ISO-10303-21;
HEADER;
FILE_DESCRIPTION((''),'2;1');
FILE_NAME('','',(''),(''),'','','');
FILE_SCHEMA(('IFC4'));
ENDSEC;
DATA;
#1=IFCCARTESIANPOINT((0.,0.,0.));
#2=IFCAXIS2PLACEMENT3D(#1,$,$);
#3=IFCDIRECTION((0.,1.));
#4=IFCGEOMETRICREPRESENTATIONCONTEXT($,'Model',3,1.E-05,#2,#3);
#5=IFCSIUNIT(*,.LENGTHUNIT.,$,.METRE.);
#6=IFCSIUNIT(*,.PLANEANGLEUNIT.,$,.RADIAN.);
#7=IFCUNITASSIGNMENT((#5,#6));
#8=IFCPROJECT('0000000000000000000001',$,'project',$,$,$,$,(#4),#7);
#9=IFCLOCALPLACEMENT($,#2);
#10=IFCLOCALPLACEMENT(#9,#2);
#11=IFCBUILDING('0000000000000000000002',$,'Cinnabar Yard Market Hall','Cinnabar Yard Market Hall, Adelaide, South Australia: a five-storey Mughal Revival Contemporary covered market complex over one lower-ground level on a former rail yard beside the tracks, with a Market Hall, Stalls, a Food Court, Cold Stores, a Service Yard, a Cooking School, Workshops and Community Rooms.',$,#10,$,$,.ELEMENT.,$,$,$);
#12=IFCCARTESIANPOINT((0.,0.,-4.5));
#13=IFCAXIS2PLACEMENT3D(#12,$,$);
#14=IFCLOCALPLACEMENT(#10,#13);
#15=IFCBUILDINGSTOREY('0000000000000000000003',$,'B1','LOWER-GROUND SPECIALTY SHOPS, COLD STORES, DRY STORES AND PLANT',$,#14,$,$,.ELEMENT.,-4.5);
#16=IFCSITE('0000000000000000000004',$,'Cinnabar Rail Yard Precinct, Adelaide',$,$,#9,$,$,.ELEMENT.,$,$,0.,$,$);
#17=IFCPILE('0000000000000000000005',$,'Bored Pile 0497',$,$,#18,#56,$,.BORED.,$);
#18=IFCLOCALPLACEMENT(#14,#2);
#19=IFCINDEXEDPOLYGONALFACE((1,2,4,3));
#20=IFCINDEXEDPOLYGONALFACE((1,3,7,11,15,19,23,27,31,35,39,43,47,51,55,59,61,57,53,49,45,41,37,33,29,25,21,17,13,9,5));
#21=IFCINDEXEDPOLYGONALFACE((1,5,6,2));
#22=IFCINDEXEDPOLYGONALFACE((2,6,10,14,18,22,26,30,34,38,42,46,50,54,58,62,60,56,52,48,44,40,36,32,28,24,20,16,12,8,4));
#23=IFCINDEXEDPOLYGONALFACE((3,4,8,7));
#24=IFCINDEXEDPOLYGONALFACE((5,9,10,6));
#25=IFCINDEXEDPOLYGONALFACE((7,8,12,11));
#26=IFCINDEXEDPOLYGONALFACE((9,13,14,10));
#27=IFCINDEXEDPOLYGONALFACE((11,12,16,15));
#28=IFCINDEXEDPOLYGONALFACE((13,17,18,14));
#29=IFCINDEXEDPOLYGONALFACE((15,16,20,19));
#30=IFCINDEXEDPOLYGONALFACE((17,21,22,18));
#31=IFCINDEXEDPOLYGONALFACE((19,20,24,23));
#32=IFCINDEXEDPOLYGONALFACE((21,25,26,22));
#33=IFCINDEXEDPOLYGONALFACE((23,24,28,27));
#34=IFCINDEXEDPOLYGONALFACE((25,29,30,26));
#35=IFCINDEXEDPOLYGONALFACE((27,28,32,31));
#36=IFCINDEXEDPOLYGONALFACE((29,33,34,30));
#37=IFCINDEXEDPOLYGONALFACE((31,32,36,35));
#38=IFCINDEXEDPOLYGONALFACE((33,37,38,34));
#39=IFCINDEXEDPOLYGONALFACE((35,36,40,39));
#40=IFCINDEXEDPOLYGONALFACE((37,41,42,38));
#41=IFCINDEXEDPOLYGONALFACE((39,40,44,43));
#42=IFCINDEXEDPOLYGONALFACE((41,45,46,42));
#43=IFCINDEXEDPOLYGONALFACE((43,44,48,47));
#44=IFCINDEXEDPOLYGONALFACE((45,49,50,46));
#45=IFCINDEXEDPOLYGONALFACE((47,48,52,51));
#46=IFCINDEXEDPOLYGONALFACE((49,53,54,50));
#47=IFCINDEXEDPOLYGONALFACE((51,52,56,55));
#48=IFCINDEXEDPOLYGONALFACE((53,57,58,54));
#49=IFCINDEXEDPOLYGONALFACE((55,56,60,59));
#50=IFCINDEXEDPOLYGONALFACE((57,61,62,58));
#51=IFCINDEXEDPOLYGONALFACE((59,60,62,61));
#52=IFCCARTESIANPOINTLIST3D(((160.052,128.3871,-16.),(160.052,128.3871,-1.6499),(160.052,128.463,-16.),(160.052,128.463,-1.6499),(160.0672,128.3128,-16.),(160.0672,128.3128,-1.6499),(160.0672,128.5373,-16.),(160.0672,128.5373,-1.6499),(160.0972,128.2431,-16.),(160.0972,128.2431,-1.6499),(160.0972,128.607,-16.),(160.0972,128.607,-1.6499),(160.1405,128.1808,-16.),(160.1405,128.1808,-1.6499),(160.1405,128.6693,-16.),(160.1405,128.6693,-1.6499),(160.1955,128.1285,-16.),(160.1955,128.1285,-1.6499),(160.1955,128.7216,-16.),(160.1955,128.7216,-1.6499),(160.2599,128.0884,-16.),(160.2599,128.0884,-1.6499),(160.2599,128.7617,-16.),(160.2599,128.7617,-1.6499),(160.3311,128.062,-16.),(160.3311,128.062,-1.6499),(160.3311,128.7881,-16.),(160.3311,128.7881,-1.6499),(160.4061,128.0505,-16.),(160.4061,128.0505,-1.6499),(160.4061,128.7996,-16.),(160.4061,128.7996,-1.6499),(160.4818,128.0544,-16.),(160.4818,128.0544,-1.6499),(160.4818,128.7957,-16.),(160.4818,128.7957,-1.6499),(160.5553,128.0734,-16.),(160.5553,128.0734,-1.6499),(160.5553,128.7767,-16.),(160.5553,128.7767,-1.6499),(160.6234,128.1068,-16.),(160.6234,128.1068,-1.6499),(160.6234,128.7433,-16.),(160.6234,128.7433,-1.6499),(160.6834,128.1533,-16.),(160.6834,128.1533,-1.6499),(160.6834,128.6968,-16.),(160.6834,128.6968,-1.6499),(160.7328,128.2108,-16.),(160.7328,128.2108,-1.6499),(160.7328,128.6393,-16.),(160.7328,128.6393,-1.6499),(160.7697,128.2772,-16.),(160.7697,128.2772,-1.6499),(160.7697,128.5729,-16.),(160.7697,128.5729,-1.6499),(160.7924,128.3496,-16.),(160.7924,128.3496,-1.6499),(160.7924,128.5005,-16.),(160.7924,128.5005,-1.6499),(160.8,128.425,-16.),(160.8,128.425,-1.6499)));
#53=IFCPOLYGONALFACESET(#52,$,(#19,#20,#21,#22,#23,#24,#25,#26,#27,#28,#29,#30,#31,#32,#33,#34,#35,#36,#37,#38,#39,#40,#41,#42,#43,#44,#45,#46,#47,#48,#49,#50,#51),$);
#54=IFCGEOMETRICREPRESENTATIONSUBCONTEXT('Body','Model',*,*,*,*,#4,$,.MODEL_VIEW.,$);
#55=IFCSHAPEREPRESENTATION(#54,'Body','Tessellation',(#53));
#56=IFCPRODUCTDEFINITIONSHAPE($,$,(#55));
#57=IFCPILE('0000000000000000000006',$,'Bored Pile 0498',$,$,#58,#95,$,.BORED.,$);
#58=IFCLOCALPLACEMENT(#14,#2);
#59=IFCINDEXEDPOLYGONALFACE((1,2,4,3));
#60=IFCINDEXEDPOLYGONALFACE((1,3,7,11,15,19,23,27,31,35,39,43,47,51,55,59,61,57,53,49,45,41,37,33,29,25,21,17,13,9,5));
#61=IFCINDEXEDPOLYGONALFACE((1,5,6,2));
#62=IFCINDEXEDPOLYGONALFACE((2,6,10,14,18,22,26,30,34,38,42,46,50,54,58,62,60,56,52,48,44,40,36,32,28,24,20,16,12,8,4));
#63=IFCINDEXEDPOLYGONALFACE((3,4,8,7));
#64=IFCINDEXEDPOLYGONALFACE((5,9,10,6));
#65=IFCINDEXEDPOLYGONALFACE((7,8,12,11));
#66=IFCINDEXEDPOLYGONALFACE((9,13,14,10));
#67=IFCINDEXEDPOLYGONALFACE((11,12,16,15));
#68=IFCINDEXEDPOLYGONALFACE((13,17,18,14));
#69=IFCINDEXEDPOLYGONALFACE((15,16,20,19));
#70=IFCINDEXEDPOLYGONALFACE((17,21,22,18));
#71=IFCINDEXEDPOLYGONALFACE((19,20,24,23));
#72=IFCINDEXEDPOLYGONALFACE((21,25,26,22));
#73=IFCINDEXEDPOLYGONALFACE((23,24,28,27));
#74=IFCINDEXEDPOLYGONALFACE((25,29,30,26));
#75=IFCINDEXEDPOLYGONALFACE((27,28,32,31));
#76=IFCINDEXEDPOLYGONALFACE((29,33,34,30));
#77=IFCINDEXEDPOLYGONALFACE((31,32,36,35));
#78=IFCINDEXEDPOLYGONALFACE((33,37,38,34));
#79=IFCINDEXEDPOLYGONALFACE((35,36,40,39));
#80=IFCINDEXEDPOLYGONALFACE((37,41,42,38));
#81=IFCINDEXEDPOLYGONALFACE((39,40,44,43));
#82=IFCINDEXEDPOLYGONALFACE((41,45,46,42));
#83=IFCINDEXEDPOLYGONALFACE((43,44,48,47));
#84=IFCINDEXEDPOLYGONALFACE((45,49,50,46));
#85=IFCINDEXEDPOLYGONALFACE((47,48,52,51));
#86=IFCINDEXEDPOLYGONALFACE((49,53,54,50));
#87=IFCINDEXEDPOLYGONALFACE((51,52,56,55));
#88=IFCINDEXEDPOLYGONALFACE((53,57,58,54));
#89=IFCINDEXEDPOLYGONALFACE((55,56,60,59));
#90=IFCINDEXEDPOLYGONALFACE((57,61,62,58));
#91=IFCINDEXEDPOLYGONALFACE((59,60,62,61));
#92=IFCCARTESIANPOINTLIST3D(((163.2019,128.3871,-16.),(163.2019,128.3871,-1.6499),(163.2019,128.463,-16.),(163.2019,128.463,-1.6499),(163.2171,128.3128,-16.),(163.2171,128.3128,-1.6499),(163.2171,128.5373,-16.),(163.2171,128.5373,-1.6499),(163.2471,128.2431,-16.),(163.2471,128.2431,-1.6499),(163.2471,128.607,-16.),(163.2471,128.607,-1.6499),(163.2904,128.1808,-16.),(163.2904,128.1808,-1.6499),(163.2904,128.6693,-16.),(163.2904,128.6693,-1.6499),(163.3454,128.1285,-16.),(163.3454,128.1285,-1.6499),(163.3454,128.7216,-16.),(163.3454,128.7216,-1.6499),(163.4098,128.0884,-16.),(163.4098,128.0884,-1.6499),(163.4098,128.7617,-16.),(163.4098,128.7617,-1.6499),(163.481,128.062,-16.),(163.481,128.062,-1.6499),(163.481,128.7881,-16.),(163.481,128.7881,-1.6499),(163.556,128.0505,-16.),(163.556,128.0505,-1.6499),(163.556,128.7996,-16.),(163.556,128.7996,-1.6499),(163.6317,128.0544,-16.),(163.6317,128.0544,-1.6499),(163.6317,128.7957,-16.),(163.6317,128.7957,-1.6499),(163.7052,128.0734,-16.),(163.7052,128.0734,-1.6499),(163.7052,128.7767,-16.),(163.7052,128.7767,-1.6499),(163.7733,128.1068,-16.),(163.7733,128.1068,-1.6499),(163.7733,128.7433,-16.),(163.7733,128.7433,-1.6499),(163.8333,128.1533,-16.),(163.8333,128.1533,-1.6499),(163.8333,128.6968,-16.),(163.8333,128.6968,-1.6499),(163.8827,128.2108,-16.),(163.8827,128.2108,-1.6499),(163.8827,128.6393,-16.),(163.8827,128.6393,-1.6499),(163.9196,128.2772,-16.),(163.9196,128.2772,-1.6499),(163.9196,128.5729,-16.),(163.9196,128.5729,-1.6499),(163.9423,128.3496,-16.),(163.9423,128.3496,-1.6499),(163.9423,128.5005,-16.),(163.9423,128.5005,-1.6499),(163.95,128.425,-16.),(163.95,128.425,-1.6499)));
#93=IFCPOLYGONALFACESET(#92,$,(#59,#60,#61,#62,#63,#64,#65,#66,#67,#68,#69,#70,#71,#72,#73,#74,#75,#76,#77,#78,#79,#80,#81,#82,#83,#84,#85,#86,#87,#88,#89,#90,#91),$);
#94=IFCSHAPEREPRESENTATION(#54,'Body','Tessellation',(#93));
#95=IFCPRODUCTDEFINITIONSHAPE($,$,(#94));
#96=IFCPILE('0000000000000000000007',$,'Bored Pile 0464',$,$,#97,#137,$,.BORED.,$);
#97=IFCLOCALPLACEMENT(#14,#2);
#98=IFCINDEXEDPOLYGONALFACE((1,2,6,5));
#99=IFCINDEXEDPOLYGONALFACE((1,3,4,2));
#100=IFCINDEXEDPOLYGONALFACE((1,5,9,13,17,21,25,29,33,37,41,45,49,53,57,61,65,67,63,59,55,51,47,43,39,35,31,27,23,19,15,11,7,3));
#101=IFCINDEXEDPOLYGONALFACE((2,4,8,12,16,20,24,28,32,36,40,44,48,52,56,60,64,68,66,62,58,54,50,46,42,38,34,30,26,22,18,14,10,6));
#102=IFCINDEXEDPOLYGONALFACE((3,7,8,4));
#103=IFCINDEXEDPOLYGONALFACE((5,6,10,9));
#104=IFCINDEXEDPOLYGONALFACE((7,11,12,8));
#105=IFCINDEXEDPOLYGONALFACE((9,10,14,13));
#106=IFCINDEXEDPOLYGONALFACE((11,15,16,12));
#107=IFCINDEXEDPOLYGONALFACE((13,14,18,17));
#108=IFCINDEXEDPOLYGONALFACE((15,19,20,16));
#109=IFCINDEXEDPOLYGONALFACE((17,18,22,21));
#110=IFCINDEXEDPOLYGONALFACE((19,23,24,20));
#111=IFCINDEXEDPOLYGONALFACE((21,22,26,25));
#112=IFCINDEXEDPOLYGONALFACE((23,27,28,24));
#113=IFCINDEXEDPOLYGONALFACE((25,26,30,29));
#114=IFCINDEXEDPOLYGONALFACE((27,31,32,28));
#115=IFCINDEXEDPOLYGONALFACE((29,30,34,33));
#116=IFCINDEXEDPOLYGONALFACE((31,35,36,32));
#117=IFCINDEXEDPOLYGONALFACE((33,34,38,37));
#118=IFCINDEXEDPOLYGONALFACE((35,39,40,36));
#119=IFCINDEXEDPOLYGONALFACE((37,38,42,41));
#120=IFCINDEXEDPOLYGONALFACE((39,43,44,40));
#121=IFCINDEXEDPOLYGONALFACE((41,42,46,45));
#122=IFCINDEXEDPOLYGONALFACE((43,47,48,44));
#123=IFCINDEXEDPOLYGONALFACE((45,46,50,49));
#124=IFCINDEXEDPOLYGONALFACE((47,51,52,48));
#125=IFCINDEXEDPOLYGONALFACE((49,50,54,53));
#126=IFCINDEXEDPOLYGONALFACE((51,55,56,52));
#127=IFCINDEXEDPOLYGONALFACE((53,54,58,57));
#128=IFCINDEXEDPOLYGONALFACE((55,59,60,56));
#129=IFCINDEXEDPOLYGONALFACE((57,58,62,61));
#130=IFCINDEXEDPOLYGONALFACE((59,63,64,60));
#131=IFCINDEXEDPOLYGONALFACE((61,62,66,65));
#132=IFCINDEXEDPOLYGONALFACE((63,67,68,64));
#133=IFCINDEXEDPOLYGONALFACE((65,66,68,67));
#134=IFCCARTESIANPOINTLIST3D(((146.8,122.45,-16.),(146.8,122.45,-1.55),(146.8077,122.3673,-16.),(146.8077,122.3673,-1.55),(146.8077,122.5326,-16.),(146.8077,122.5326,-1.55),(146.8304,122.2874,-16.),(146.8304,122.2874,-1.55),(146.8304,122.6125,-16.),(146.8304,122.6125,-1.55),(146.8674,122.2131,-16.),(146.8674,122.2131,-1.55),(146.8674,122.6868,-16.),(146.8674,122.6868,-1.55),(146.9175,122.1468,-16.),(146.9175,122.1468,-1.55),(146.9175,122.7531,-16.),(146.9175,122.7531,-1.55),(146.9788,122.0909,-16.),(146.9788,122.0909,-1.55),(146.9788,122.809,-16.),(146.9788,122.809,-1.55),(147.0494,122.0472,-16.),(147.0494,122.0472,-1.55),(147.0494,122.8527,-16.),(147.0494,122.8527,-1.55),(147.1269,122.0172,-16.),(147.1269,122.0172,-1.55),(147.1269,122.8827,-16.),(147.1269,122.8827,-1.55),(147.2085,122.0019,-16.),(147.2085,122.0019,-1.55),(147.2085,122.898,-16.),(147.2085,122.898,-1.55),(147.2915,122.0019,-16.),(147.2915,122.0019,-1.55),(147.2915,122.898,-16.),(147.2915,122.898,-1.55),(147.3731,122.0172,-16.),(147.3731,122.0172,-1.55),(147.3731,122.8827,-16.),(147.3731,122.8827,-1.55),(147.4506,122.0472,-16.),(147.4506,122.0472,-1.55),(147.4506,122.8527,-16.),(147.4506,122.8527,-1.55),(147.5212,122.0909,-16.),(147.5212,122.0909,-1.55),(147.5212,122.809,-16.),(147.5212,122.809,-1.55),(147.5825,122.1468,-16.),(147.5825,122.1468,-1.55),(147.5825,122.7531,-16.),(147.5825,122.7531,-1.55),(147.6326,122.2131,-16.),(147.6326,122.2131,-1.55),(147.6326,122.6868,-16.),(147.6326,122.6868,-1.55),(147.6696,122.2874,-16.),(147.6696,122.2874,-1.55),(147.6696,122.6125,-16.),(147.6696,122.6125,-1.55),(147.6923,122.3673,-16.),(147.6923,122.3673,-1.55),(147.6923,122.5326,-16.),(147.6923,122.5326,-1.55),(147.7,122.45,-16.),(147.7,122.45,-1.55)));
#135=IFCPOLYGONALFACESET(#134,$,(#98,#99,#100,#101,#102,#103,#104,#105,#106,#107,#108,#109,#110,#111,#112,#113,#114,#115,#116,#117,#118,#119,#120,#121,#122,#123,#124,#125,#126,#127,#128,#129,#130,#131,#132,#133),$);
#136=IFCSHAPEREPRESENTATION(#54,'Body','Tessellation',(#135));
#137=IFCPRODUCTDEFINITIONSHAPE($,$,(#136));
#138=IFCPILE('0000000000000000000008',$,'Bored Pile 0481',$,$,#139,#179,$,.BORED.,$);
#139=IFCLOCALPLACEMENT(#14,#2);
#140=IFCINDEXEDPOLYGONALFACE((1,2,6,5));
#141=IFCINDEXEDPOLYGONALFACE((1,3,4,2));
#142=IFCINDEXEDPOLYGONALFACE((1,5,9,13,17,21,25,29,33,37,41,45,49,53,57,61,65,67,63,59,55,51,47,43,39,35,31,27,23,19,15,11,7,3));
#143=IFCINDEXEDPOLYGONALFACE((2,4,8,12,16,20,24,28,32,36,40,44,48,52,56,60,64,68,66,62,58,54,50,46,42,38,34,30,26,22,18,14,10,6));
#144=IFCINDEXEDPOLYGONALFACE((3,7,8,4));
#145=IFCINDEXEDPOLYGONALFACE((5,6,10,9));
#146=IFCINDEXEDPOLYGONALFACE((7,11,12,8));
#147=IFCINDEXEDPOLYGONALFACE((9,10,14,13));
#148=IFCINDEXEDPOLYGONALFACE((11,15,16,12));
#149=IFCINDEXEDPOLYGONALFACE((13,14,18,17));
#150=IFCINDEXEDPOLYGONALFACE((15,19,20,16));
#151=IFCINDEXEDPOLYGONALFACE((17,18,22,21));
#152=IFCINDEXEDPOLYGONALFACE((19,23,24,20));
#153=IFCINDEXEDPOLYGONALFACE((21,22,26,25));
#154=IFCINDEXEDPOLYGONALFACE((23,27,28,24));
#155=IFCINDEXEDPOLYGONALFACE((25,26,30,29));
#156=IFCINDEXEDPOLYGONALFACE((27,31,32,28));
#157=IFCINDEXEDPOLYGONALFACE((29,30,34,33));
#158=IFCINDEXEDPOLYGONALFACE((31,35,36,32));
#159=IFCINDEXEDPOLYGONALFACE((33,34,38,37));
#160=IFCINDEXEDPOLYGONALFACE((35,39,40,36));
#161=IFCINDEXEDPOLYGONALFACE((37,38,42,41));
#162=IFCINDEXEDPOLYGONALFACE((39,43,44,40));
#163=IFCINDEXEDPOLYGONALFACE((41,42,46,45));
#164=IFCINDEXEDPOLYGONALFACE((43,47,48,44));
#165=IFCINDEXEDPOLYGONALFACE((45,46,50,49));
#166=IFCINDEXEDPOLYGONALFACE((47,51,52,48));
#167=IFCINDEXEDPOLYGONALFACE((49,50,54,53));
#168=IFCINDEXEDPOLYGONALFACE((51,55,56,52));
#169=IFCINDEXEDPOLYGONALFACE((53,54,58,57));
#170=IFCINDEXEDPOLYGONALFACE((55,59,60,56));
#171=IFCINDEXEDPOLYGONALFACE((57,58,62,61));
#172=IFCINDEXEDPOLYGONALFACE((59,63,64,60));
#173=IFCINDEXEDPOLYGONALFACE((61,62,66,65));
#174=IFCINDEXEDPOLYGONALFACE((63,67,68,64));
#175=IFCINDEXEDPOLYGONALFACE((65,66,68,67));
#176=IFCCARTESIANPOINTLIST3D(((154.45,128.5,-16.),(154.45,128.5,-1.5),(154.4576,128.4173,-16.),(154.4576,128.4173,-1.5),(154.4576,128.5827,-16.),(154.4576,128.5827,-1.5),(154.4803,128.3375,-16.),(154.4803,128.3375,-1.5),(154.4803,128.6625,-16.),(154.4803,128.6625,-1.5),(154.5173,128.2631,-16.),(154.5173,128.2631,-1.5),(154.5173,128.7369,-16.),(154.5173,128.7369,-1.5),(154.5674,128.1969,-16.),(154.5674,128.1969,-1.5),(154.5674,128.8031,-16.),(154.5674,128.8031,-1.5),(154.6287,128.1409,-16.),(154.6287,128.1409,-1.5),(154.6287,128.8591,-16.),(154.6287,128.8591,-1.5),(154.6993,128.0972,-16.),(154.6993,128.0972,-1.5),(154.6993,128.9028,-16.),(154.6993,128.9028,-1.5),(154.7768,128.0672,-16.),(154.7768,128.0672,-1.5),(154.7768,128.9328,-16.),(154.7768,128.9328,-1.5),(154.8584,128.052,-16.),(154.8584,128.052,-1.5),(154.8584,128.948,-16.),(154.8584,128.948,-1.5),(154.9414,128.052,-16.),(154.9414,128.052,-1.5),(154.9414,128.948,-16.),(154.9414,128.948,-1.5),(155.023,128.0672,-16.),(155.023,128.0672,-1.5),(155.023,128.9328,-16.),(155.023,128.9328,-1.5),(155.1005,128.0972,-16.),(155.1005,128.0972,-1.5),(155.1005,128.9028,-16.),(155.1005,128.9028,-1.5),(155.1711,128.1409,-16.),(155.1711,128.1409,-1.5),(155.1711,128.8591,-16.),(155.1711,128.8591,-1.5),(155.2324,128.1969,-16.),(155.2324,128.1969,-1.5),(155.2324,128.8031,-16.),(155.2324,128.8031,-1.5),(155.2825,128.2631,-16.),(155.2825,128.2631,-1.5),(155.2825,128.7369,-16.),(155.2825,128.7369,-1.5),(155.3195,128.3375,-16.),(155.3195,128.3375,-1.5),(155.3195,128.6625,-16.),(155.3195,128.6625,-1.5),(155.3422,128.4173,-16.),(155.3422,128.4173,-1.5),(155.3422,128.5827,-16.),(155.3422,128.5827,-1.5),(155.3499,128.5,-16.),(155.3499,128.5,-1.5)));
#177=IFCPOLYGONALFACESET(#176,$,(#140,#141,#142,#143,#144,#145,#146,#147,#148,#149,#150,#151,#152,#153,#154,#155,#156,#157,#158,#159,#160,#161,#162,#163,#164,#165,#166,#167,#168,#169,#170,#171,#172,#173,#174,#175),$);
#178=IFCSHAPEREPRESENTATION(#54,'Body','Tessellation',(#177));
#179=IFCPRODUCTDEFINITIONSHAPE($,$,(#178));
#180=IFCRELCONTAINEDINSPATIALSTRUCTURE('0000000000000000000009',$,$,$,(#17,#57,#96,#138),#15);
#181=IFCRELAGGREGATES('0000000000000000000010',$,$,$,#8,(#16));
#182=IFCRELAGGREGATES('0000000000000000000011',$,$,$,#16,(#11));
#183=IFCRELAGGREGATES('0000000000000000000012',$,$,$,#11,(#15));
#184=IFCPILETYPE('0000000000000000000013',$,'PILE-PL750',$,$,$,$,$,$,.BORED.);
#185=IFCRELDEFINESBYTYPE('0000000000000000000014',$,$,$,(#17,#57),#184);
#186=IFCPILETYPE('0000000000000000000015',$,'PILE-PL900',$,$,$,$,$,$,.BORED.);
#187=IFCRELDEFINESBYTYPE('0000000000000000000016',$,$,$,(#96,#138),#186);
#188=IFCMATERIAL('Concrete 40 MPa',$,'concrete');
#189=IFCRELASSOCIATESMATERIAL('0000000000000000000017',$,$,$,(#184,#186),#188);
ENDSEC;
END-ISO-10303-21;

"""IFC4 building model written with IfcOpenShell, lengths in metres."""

from ifc_helpers import new_model, si_unit, direction, frame, origin, origin_2d_with_axis, place, context, subcontext, project, spatial, circle, extrude, material, material_profile, profile_set, type_object, element, save


model = new_model("IFC4")

# Units and contexts
model_context = context("Model", 3, precision=1e-05, world=origin(), true_north=direction((0.0, 1.0)))
body_context = subcontext(model_context, "Body", "Model", "MODEL_VIEW")
ifc_project = project(units=[si_unit("LENGTHUNIT", "METRE"), si_unit("PLANEANGLEUNIT", "RADIAN")], contexts=[model_context])

# Site, building, storey
site_placement = place(None, origin())
site = spatial("IfcSite", under=ifc_project, at=site_placement, Name="Cinnabar Rail Yard Precinct, Adelaide", CompositionType="ELEMENT", RefElevation=0.0)
building_placement = place(site_placement, origin())
building = spatial("IfcBuilding", under=site, at=building_placement, Name="Cinnabar Yard Market Hall", Description="Cinnabar Yard Market Hall, Adelaide, South Australia: a five-storey Mughal Revival Contemporary covered market complex over one lower-ground level on a former rail yard beside the tracks, with a Market Hall, Stalls, a Food Court, Cold Stores, a Service Yard, a Cooking School, Workshops and Community Rooms.", CompositionType="ELEMENT")
storey_placement = place(building_placement, frame((0.0, 0.0, -4.5)))
storey = spatial("IfcBuildingStorey", under=building, at=storey_placement, Name="B1", Description="LOWER-GROUND SPECIALTY SHOPS, COLD STORES, DRY STORES AND PLANT", CompositionType="ELEMENT", Elevation=-4.5)

# Shared definitions
ifc_material_1 = material(Name="Concrete 40 MPa", Category="concrete")

# Piles
ifc_material_profile_1 = material_profile(ifc_material_1, circle(Radius=0.375, at=origin_2d_with_axis()), Name="PILE-D750")
ifc_profile_set_1 = profile_set([ifc_material_profile_1], Name="Concrete 40 MPa")
pile_type_1 = type_object("IfcPileType", Name="PILE-PL750", PredefinedType="BORED", material=ifc_profile_set_1)
for number, where, z_axis, x_axis, name in (
    (1, (160.425, 128.425, -1.6499), (0.0, 0.0, -1.0), (1.0, 0.0, 0.0), "Bored Pile 0497"),
    (2, (163.575, 128.425, -1.6499), (0.0, 0.0, -1.0), (1.0, 0.0, 0.0), "Bored Pile 0498"),
):
    element("IfcPile", number, at=place(storey_placement, frame(where, z_axis=z_axis, x_axis=x_axis)), inside=storey, type_object=pile_type_1, Name=name, PredefinedType="BORED", context=body_context, shape_type="SweptSolid", body=[
        extrude(circle(Radius=0.375, at=origin_2d_with_axis()), origin(), (0.0, 0.0, 1.0), 14.3501),
    ])
ifc_material_profile_2 = material_profile(ifc_material_1, circle(Radius=0.45, at=origin_2d_with_axis()), Name="PILE-D900")
ifc_profile_set_2 = profile_set([ifc_material_profile_2], Name="Concrete 40 MPa")
pile_type_2 = type_object("IfcPileType", Name="PILE-PL900", PredefinedType="BORED", material=ifc_profile_set_2)
pile_1_placement = place(storey_placement, frame((147.25, 122.45, -1.55), z_axis=(0.0, 0.0, -1.0), x_axis=(1.0, 0.0, 0.0)))
element("IfcPile", 3, at=pile_1_placement, inside=storey, type_object=pile_type_2, Name="Bored Pile 0464", PredefinedType="BORED", context=body_context, shape_type="SweptSolid", body=[
    extrude(circle(Radius=0.45, at=origin_2d_with_axis()), origin(), (0.0, 0.0, 1.0), 14.45),
])
for number, where, z_axis, x_axis, name in (
    (4, (154.8999, 128.5, -1.5), (0.0, 0.0, -1.0), (1.0, 0.0, 0.0), "Bored Pile 0481"),
):
    element("IfcPile", number, at=place(storey_placement, frame(where, z_axis=z_axis, x_axis=x_axis)), inside=storey, type_object=pile_type_2, Name=name, PredefinedType="BORED", context=body_context, shape_type="SweptSolid", body=[
        extrude(circle(Radius=0.45, at=origin_2d_with_axis()), origin(), (0.0, 0.0, 1.0), 14.5),
    ])

save(model, "model.ifc")
